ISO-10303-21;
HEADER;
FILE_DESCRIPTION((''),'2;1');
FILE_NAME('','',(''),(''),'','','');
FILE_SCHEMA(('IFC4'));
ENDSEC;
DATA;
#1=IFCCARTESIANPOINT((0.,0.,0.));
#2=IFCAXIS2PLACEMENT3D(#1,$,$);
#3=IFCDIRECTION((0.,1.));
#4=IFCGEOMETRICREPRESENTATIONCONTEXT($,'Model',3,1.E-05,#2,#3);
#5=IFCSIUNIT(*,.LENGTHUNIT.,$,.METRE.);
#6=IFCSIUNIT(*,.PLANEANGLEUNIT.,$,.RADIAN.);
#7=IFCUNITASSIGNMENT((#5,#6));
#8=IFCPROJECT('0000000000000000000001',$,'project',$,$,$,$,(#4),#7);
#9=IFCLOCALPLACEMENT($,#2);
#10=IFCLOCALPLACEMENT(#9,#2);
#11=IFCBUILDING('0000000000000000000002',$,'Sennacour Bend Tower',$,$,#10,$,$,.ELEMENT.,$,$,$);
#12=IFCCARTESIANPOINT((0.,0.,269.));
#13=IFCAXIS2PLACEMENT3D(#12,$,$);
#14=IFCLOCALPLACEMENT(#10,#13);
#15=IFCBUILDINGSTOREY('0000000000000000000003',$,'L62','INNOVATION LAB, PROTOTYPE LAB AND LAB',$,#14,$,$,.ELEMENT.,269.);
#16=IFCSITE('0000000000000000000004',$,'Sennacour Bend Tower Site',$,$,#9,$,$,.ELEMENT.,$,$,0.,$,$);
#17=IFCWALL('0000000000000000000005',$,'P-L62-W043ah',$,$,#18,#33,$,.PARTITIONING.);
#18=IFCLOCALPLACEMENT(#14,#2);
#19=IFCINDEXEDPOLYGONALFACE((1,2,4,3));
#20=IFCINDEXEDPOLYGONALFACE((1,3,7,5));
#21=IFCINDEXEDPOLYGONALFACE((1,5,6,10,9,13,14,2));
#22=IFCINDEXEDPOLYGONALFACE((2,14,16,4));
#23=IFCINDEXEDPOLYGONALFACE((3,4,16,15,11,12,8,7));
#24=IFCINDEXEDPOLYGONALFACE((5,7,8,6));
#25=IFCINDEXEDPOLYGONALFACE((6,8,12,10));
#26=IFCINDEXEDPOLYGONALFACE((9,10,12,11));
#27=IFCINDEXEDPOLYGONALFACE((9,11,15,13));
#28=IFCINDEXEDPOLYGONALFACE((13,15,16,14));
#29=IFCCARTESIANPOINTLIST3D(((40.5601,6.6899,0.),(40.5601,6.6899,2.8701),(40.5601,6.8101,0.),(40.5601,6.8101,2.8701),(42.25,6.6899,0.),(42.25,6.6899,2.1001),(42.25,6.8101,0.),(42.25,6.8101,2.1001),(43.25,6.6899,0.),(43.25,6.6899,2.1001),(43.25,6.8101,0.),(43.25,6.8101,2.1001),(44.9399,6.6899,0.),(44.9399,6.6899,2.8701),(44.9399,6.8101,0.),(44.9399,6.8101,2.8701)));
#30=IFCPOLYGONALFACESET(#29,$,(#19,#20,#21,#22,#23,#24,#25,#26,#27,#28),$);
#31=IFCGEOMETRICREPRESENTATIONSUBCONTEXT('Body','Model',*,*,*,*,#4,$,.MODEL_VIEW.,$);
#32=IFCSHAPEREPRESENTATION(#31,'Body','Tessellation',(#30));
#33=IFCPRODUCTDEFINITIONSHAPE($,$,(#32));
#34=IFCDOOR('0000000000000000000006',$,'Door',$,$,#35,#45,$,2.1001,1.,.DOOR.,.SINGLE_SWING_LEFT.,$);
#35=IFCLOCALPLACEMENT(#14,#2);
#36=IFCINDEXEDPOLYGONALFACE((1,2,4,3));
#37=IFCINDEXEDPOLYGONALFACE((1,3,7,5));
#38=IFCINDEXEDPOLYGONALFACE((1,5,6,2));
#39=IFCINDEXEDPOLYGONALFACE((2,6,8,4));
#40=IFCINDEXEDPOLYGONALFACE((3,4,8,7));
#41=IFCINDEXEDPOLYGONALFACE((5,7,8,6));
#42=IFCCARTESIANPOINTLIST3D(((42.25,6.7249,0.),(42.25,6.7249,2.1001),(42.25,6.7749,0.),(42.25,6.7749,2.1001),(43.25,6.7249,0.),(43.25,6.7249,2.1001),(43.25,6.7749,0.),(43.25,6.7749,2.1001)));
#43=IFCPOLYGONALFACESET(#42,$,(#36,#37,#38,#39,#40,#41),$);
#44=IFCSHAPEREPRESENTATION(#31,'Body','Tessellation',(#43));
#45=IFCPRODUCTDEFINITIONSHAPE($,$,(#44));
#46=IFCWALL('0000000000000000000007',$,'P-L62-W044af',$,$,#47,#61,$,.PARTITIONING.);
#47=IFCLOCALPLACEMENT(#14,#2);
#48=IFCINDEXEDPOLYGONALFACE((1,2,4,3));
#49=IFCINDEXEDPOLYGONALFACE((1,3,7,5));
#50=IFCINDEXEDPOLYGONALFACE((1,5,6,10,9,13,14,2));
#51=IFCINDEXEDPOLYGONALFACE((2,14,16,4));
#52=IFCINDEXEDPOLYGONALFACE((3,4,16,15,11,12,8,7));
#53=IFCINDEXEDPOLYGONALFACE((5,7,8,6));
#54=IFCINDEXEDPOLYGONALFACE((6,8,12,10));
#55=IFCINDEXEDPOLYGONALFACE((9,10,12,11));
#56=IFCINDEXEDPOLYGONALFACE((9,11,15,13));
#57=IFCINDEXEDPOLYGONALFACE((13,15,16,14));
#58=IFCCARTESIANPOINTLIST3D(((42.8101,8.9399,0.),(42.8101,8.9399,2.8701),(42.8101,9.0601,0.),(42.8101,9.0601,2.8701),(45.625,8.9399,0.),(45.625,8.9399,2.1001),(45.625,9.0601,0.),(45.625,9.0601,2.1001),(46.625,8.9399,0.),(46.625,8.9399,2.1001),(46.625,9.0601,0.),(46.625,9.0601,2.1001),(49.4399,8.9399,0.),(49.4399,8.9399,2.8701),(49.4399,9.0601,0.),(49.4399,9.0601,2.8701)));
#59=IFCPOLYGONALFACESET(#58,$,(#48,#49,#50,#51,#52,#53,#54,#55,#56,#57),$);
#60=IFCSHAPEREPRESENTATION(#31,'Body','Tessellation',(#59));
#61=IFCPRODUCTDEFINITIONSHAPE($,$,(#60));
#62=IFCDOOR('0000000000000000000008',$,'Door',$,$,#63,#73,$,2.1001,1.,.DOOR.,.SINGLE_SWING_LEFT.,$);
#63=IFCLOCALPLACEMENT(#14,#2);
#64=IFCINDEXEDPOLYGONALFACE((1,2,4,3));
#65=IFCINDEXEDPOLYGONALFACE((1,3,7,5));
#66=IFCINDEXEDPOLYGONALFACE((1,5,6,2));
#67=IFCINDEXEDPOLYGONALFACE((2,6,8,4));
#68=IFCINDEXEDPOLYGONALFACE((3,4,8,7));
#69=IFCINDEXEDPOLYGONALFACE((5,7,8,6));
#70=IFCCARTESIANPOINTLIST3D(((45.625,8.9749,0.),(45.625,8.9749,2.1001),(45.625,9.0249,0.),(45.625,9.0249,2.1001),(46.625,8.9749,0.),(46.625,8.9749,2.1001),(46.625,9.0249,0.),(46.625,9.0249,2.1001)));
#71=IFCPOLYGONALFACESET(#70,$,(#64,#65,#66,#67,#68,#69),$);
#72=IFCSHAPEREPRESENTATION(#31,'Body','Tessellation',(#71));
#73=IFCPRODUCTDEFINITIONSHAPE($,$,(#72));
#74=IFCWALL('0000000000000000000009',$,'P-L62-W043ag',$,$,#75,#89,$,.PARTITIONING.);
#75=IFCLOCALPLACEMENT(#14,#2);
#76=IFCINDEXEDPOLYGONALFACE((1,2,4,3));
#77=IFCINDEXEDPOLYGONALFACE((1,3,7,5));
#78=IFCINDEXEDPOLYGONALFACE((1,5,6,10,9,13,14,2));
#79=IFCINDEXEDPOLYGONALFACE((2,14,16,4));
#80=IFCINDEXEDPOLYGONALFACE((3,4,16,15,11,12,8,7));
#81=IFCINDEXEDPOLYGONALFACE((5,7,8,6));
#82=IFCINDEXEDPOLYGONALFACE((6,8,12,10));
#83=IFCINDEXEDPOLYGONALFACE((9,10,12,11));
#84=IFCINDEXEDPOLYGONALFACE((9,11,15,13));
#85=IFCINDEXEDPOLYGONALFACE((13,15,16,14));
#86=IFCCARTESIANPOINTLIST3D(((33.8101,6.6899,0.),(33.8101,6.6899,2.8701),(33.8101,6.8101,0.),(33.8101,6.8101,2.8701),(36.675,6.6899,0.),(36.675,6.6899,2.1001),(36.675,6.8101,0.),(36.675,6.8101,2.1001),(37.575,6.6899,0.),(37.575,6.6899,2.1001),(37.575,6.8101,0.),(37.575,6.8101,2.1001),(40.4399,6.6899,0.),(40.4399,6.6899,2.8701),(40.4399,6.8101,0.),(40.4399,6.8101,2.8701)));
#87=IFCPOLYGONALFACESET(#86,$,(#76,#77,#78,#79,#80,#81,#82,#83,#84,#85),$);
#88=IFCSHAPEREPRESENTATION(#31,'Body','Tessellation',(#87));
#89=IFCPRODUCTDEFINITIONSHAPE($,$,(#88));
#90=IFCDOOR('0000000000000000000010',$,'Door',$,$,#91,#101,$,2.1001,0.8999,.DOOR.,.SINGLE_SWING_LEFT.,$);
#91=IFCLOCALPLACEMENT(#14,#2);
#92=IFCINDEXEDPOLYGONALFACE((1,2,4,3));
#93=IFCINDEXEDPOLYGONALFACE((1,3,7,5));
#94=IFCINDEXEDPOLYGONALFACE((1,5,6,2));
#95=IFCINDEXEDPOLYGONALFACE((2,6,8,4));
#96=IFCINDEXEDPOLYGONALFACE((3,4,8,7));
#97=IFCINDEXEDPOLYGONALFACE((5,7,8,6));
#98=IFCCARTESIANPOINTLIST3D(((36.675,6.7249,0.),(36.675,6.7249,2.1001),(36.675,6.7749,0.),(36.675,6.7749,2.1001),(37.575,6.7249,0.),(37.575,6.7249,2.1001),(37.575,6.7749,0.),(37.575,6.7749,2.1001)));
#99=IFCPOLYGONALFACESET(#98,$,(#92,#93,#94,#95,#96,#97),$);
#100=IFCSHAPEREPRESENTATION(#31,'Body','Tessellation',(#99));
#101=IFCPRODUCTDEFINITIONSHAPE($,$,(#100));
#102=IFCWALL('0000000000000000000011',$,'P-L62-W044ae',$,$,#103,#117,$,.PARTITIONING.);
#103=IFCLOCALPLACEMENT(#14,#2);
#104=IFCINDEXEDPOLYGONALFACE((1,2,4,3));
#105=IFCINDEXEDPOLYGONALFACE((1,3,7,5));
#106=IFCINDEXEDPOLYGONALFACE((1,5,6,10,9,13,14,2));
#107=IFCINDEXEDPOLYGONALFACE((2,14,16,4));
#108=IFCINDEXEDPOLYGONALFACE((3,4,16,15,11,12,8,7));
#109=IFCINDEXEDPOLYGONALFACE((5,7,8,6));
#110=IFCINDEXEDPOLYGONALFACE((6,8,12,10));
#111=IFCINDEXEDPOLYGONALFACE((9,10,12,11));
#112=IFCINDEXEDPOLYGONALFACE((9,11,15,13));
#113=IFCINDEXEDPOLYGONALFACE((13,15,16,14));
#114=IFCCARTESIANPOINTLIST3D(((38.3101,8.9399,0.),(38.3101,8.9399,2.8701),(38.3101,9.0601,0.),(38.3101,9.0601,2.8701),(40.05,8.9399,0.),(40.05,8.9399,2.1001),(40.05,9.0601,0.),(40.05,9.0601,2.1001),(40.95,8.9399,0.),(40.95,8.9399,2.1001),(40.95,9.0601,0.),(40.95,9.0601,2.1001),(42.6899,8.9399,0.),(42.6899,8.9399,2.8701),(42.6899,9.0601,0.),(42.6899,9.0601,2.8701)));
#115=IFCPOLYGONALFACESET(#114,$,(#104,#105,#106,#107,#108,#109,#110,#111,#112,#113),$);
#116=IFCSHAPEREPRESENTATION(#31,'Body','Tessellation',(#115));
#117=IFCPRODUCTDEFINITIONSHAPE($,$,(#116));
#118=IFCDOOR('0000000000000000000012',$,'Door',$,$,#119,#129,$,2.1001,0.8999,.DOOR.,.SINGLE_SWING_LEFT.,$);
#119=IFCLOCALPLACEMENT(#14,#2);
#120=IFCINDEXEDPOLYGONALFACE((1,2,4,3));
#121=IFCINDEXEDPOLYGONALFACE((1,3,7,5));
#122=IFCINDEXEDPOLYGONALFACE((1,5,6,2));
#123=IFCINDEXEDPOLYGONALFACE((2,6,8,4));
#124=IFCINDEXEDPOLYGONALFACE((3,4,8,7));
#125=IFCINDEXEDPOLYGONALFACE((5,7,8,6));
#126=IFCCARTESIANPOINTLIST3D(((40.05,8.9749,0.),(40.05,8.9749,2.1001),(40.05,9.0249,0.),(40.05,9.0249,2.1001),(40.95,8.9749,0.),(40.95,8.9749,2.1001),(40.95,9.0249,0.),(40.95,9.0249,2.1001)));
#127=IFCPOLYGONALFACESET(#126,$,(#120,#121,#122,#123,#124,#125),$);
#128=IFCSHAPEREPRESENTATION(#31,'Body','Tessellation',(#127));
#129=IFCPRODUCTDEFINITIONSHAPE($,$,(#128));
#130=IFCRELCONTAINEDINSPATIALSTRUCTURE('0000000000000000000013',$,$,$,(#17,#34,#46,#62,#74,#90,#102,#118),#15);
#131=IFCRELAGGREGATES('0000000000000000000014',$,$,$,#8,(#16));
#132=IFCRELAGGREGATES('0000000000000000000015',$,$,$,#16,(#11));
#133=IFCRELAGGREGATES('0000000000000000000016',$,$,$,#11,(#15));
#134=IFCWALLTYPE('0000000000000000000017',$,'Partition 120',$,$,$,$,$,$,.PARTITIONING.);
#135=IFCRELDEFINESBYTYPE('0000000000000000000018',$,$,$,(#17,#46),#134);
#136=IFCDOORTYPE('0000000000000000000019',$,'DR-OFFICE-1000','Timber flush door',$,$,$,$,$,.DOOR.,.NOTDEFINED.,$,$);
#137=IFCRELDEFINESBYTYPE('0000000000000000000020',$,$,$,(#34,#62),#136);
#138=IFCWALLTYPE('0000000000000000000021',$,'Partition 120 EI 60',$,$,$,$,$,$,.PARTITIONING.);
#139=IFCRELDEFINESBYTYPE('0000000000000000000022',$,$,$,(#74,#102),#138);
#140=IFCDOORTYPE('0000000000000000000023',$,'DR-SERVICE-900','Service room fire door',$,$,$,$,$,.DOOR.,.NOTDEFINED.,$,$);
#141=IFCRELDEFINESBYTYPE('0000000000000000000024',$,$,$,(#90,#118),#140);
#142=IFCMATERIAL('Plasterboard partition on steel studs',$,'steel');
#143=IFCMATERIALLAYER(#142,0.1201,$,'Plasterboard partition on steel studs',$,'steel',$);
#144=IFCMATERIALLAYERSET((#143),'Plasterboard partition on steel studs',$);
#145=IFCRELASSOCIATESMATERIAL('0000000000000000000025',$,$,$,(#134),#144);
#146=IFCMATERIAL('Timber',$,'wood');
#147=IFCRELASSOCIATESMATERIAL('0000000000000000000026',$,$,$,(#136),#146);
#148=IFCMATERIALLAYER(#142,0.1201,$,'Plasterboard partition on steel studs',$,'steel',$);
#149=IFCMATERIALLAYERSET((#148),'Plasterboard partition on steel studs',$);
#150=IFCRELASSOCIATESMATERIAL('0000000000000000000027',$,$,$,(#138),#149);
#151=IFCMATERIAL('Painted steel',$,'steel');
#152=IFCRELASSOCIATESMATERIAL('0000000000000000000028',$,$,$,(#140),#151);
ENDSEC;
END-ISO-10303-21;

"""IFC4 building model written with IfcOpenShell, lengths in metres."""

from ifc_helpers import new_model, si_unit, direction, frame, frame_2d, origin, place, context, subcontext, project, spatial, rectangle, extrude, material, layer, layer_set, type_object, element, fill, save


model = new_model("IFC4")

# Units and contexts
model_context = context("Model", 3, precision=1e-05, world=origin(), true_north=direction((0.0, 1.0)))
body_context = subcontext(model_context, "Body", "Model", "MODEL_VIEW")
ifc_project = project(units=[si_unit("LENGTHUNIT", "METRE"), si_unit("PLANEANGLEUNIT", "RADIAN")], contexts=[model_context])

# Site, building, storey
site_placement = place(None, origin())
site = spatial("IfcSite", under=ifc_project, at=site_placement, Name="Sennacour Bend Tower Site", CompositionType="ELEMENT", RefElevation=0.0)
building_placement = place(site_placement, origin())
building = spatial("IfcBuilding", under=site, at=building_placement, Name="Sennacour Bend Tower", CompositionType="ELEMENT")
storey_placement = place(building_placement, frame((0.0, 0.0, 269.0)))
storey = spatial("IfcBuildingStorey", under=building, at=storey_placement, Name="L62", Description="INNOVATION LAB, PROTOTYPE LAB AND LAB", CompositionType="ELEMENT", Elevation=269.0)

# Shared definitions
ifc_material_1 = material(Name="Plasterboard partition on steel studs", Category="steel")
ifc_layer_1 = layer(ifc_material_1, 0.1201, Name="Plasterboard partition on steel studs", Category="steel")
ifc_layer_set_1 = layer_set([ifc_layer_1], Name="Plasterboard partition on steel studs")
wall_type_1 = type_object("IfcWallType", Name="Partition 120", PredefinedType="PARTITIONING", material=ifc_layer_set_1)

# Walls, openings, doors
wall_1_placement = place(storey_placement, frame((40.5601, 6.75, 0.0), z_axis=(0.0, 0.0, 1.0), x_axis=(1.0, 0.0, 0.0)))
wall_1 = element("IfcWall", 1, at=wall_1_placement, inside=storey, type_object=wall_type_1, Name="P-L62-W043ah", PredefinedType="PARTITIONING", context=body_context, shape_type="SweptSolid", body=[
    extrude(rectangle(XDim=4.3799, YDim=0.1201, at=frame_2d((2.1899, 0.0))), origin(), (0.0, 0.0, 1.0), 2.8701),
])
opening_1_placement = place(wall_1_placement, frame((1.6899, 0.0, 0.0)))
opening_1 = element("IfcOpeningElement", 2, at=opening_1_placement, cuts=wall_1, PredefinedType="OPENING", context=body_context, shape_type="SweptSolid", body=[
    extrude(rectangle(XDim=1.0, YDim=2.1001, at=frame_2d((0.5, 1.05))), frame((0.0, 0.0701, 0.0), z_axis=(0.0, -1.0, 0.0), x_axis=(1.0, 0.0, 0.0)), (0.0, 0.0, 1.0), 0.1401),
])
ifc_material_2 = material(Name="Timber", Category="wood")
door_type_1 = type_object("IfcDoorType", Name="DR-OFFICE-1000", Description="Timber flush door", OperationType="NOTDEFINED", PredefinedType="DOOR", material=ifc_material_2)
door_1_placement = place(opening_1_placement, origin())
door_1 = element("IfcDoor", 3, at=door_1_placement, inside=storey, type_object=door_type_1, Name="Door", OperationType="SINGLE_SWING_LEFT", OverallHeight=2.1001, OverallWidth=1.0, PredefinedType="DOOR", context=body_context, shape_type="SweptSolid", body=[
    extrude(rectangle(XDim=1.0, YDim=2.1001, at=frame_2d((0.5, 1.05))), frame((0.0, 0.0249, 0.0), z_axis=(0.0, -1.0, 0.0), x_axis=(1.0, 0.0, 0.0)), (0.0, 0.0, 1.0), 0.05),
])
fill(opening_1, door_1)
wall_2_placement = place(storey_placement, frame((42.8101, 9.0, 0.0), z_axis=(0.0, 0.0, 1.0), x_axis=(1.0, 0.0, 0.0)))
wall_2 = element("IfcWall", 4, at=wall_2_placement, inside=storey, type_object=wall_type_1, Name="P-L62-W044af", PredefinedType="PARTITIONING", context=body_context, shape_type="SweptSolid", body=[
    extrude(rectangle(XDim=6.6299, YDim=0.1201, at=frame_2d((3.3149, 0.0))), origin(), (0.0, 0.0, 1.0), 2.8701),
])
opening_2_placement = place(wall_2_placement, frame((2.8149, 0.0, 0.0)))
opening_2 = element("IfcOpeningElement", 5, at=opening_2_placement, cuts=wall_2, PredefinedType="OPENING", context=body_context, shape_type="SweptSolid", body=[
    extrude(rectangle(XDim=1.0, YDim=2.1001, at=frame_2d((0.5, 1.05))), frame((0.0, 0.0701, 0.0), z_axis=(0.0, -1.0, 0.0), x_axis=(1.0, 0.0, 0.0)), (0.0, 0.0, 1.0), 0.1401),
])
door_2_placement = place(opening_2_placement, origin())
door_2 = element("IfcDoor", 6, at=door_2_placement, inside=storey, type_object=door_type_1, Name="Door", OperationType="SINGLE_SWING_LEFT", OverallHeight=2.1001, OverallWidth=1.0, PredefinedType="DOOR", context=body_context, shape_type="SweptSolid", body=[
    extrude(rectangle(XDim=1.0, YDim=2.1001, at=frame_2d((0.5, 1.05))), frame((0.0, 0.0249, 0.0), z_axis=(0.0, -1.0, 0.0), x_axis=(1.0, 0.0, 0.0)), (0.0, 0.0, 1.0), 0.05),
])
fill(opening_2, door_2)
ifc_layer_2 = layer(ifc_material_1, 0.1201, Name="Plasterboard partition on steel studs", Category="steel")
ifc_layer_set_2 = layer_set([ifc_layer_2], Name="Plasterboard partition on steel studs")
wall_type_2 = type_object("IfcWallType", Name="Partition 120 EI 60", PredefinedType="PARTITIONING", material=ifc_layer_set_2)
wall_3_placement = place(storey_placement, frame((33.8101, 6.75, 0.0), z_axis=(0.0, 0.0, 1.0), x_axis=(1.0, 0.0, 0.0)))
wall_3 = element("IfcWall", 7, at=wall_3_placement, inside=storey, type_object=wall_type_2, Name="P-L62-W043ag", PredefinedType="PARTITIONING", context=body_context, shape_type="SweptSolid", body=[
    extrude(rectangle(XDim=6.6299, YDim=0.1201, at=frame_2d((3.3149, 0.0))), origin(), (0.0, 0.0, 1.0), 2.8701),
])
opening_3_placement = place(wall_3_placement, frame((2.865, 0.0, 0.0)))
opening_3 = element("IfcOpeningElement", 8, at=opening_3_placement, cuts=wall_3, PredefinedType="OPENING", context=body_context, shape_type="SweptSolid", body=[
    extrude(rectangle(XDim=0.8999, YDim=2.1001, at=frame_2d((0.45, 1.05))), frame((0.0, 0.0701, 0.0), z_axis=(0.0, -1.0, 0.0), x_axis=(1.0, 0.0, 0.0)), (0.0, 0.0, 1.0), 0.1401),
])
ifc_material_3 = material(Name="Painted steel", Category="steel")
door_type_2 = type_object("IfcDoorType", Name="DR-SERVICE-900", Description="Service room fire door", OperationType="NOTDEFINED", PredefinedType="DOOR", material=ifc_material_3)
door_3_placement = place(opening_3_placement, origin())
door_3 = element("IfcDoor", 9, at=door_3_placement, inside=storey, type_object=door_type_2, Name="Door", OperationType="SINGLE_SWING_LEFT", OverallHeight=2.1001, OverallWidth=0.8999, PredefinedType="DOOR", context=body_context, shape_type="SweptSolid", body=[
    extrude(rectangle(XDim=0.8999, YDim=2.1001, at=frame_2d((0.45, 1.05))), frame((0.0, 0.0249, 0.0), z_axis=(0.0, -1.0, 0.0), x_axis=(1.0, 0.0, 0.0)), (0.0, 0.0, 1.0), 0.05),
])
fill(opening_3, door_3)
wall_4_placement = place(storey_placement, frame((38.3101, 9.0, 0.0), z_axis=(0.0, 0.0, 1.0), x_axis=(1.0, 0.0, 0.0)))
wall_4 = element("IfcWall", 10, at=wall_4_placement, inside=storey, type_object=wall_type_2, Name="P-L62-W044ae", PredefinedType="PARTITIONING", context=body_context, shape_type="SweptSolid", body=[
    extrude(rectangle(XDim=4.3799, YDim=0.1201, at=frame_2d((2.1899, 0.0))), origin(), (0.0, 0.0, 1.0), 2.8701),
])
opening_4_placement = place(wall_4_placement, frame((1.74, 0.0, 0.0)))
opening_4 = element("IfcOpeningElement", 11, at=opening_4_placement, cuts=wall_4, PredefinedType="OPENING", context=body_context, shape_type="SweptSolid", body=[
    extrude(rectangle(XDim=0.8999, YDim=2.1001, at=frame_2d((0.45, 1.05))), frame((0.0, 0.0701, 0.0), z_axis=(0.0, -1.0, 0.0), x_axis=(1.0, 0.0, 0.0)), (0.0, 0.0, 1.0), 0.1401),
])
door_4_placement = place(opening_4_placement, origin())
door_4 = element("IfcDoor", 12, at=door_4_placement, inside=storey, type_object=door_type_2, Name="Door", OperationType="SINGLE_SWING_LEFT", OverallHeight=2.1001, OverallWidth=0.8999, PredefinedType="DOOR", context=body_context, shape_type="SweptSolid", body=[
    extrude(rectangle(XDim=0.8999, YDim=2.1001, at=frame_2d((0.45, 1.05))), frame((0.0, 0.0249, 0.0), z_axis=(0.0, -1.0, 0.0), x_axis=(1.0, 0.0, 0.0)), (0.0, 0.0, 1.0), 0.05),
])
fill(opening_4, door_4)

save(model, "model.ifc")
